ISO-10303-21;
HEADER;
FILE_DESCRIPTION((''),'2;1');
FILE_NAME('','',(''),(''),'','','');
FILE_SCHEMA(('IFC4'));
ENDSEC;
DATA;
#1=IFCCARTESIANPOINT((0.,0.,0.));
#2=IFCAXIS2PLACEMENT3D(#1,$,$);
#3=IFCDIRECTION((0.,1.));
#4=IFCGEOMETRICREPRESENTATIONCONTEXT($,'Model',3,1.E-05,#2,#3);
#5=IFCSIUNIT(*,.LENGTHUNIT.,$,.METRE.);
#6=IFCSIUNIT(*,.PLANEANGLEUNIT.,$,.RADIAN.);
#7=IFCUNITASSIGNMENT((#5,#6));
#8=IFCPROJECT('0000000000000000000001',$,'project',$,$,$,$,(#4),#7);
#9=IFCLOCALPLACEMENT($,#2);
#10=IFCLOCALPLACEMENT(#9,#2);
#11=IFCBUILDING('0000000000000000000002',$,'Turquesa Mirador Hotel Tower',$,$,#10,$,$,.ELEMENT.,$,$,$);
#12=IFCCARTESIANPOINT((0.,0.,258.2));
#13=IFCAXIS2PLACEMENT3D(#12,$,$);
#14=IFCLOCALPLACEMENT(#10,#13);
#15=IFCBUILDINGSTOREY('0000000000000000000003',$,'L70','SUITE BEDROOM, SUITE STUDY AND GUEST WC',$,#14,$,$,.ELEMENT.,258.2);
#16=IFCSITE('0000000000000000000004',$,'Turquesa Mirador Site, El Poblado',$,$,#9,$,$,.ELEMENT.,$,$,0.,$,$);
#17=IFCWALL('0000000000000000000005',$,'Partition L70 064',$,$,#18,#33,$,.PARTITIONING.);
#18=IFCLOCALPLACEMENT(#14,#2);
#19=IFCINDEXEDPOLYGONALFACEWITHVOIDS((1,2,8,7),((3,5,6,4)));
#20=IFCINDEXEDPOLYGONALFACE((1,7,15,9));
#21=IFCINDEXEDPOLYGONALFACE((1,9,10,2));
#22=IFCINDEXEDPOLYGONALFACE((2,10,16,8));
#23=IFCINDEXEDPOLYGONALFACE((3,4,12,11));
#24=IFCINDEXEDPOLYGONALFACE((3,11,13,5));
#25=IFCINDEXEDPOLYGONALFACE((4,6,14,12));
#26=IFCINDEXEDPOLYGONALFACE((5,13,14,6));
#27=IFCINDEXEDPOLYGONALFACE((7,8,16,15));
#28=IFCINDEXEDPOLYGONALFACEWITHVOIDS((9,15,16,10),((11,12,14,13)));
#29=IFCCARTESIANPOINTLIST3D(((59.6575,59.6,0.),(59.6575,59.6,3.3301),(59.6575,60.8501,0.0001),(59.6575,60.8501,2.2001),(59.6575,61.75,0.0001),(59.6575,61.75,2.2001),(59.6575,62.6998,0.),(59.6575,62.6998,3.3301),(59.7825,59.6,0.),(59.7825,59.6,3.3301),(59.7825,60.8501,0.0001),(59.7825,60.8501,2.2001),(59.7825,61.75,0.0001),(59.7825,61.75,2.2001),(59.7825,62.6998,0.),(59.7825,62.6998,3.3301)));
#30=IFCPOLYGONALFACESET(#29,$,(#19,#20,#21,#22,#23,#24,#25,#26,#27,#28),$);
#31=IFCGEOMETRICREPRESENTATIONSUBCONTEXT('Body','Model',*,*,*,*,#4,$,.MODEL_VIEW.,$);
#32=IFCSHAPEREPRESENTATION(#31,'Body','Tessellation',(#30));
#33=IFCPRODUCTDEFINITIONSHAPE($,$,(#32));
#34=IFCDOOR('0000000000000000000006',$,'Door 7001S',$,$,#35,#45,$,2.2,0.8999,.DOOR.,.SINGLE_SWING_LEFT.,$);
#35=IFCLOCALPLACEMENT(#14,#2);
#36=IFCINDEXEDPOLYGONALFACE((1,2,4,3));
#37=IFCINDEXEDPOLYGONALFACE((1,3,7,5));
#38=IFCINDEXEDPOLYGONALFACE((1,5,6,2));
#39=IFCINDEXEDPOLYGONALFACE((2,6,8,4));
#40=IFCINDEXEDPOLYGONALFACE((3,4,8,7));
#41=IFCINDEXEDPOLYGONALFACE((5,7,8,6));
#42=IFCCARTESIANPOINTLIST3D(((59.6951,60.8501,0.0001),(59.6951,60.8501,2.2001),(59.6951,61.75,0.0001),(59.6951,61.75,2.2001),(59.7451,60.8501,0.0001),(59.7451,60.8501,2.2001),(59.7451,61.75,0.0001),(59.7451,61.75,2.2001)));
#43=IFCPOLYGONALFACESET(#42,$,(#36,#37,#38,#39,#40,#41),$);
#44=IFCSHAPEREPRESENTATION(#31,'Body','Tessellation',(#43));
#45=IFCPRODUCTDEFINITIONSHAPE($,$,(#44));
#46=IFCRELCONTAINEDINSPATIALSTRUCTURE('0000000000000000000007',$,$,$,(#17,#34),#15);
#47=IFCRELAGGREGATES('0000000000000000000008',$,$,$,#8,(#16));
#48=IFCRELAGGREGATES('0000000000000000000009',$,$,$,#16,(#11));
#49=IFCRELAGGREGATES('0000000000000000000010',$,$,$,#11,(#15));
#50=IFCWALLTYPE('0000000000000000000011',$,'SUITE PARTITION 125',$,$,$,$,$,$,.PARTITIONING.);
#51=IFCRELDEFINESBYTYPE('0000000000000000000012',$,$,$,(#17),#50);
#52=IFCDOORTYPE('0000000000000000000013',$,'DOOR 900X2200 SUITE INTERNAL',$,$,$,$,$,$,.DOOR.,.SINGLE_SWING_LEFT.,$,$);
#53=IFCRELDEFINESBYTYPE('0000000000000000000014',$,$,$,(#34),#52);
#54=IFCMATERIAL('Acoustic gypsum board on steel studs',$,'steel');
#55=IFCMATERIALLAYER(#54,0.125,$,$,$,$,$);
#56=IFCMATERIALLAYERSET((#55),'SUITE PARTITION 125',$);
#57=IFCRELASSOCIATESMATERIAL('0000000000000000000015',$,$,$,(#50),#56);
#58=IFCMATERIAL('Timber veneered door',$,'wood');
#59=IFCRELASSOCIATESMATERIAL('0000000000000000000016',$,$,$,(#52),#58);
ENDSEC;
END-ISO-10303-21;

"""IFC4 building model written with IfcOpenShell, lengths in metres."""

from ifc_helpers import new_model, si_unit, direction, frame, frame_2d, origin, place, context, subcontext, project, spatial, rectangle, extrude, material, layer, layer_set, type_object, element, fill, save


model = new_model("IFC4")

# Units and contexts
model_context = context("Model", 3, precision=1e-05, world=origin(), true_north=direction((0.0, 1.0)))
body_context = subcontext(model_context, "Body", "Model", "MODEL_VIEW")
ifc_project = project(units=[si_unit("LENGTHUNIT", "METRE"), si_unit("PLANEANGLEUNIT", "RADIAN")], contexts=[model_context])

# Site, building, storey
site_placement = place(None, origin())
site = spatial("IfcSite", under=ifc_project, at=site_placement, Name="Turquesa Mirador Site, El Poblado", CompositionType="ELEMENT", RefElevation=0.0)
building_placement = place(site_placement, origin())
building = spatial("IfcBuilding", under=site, at=building_placement, Name="Turquesa Mirador Hotel Tower", CompositionType="ELEMENT")
storey_placement = place(building_placement, frame((0.0, 0.0, 258.2)))
storey = spatial("IfcBuildingStorey", under=building, at=storey_placement, Name="L70", Description="SUITE BEDROOM, SUITE STUDY AND GUEST WC", CompositionType="ELEMENT", Elevation=258.2)

# Wall, opening, door
ifc_material_1 = material(Name="Acoustic gypsum board on steel studs", Category="steel")
ifc_layer_1 = layer(ifc_material_1, 0.125)
ifc_layer_set_1 = layer_set([ifc_layer_1], Name="SUITE PARTITION 125")
wall_type_1 = type_object("IfcWallType", Name="SUITE PARTITION 125", PredefinedType="PARTITIONING", material=ifc_layer_set_1)
ifc_material_2 = material(Name="Timber veneered door", Category="wood")
door_type_1 = type_object("IfcDoorType", Name="DOOR 900X2200 SUITE INTERNAL", OperationType="SINGLE_SWING_LEFT", PredefinedType="DOOR", material=ifc_material_2)
wall_1_placement = place(storey_placement, frame((59.72, 59.6001, 0.0), z_axis=(0.0, 0.0, 1.0), x_axis=(0.0, 1.0, 0.0)))
wall_1 = element("IfcWall", 1, at=wall_1_placement, inside=storey, type_object=wall_type_1, Name="Partition L70 064", PredefinedType="PARTITIONING", context=body_context, shape_type="SweptSolid", body=[
    extrude(rectangle(XDim=3.0999, YDim=0.125, at=frame_2d((1.5498, 0.0))), origin(), (0.0, 0.0, 1.0), 3.3301),
])
opening_1_placement = place(wall_1_placement, frame((1.25, 0.0, 0.0)))
opening_1 = element("IfcOpeningElement", 2, at=opening_1_placement, cuts=wall_1, PredefinedType="OPENING", context=body_context, shape_type="SweptSolid", body=[
    extrude(rectangle(XDim=0.8999, YDim=2.2, at=frame_2d((0.45, 1.1001))), frame((0.0, 0.0725, 0.0), z_axis=(0.0, -1.0, 0.0), x_axis=(1.0, 0.0, 0.0)), (0.0, 0.0, 1.0), 0.145),
])
door_1_placement = place(opening_1_placement, origin())
door_1 = element("IfcDoor", 3, at=door_1_placement, inside=storey, type_object=door_type_1, Name="Door 7001S", OperationType="SINGLE_SWING_LEFT", OverallHeight=2.2, OverallWidth=0.8999, PredefinedType="DOOR", context=body_context, shape_type="SweptSolid", body=[
    extrude(rectangle(XDim=0.8999, YDim=2.2, at=frame_2d((0.45, 1.1001))), frame((0.0, 0.0249, 0.0), z_axis=(0.0, -1.0, 0.0), x_axis=(1.0, 0.0, 0.0)), (0.0, 0.0, 1.0), 0.05),
])
fill(opening_1, door_1)

save(model, "model.ifc")
